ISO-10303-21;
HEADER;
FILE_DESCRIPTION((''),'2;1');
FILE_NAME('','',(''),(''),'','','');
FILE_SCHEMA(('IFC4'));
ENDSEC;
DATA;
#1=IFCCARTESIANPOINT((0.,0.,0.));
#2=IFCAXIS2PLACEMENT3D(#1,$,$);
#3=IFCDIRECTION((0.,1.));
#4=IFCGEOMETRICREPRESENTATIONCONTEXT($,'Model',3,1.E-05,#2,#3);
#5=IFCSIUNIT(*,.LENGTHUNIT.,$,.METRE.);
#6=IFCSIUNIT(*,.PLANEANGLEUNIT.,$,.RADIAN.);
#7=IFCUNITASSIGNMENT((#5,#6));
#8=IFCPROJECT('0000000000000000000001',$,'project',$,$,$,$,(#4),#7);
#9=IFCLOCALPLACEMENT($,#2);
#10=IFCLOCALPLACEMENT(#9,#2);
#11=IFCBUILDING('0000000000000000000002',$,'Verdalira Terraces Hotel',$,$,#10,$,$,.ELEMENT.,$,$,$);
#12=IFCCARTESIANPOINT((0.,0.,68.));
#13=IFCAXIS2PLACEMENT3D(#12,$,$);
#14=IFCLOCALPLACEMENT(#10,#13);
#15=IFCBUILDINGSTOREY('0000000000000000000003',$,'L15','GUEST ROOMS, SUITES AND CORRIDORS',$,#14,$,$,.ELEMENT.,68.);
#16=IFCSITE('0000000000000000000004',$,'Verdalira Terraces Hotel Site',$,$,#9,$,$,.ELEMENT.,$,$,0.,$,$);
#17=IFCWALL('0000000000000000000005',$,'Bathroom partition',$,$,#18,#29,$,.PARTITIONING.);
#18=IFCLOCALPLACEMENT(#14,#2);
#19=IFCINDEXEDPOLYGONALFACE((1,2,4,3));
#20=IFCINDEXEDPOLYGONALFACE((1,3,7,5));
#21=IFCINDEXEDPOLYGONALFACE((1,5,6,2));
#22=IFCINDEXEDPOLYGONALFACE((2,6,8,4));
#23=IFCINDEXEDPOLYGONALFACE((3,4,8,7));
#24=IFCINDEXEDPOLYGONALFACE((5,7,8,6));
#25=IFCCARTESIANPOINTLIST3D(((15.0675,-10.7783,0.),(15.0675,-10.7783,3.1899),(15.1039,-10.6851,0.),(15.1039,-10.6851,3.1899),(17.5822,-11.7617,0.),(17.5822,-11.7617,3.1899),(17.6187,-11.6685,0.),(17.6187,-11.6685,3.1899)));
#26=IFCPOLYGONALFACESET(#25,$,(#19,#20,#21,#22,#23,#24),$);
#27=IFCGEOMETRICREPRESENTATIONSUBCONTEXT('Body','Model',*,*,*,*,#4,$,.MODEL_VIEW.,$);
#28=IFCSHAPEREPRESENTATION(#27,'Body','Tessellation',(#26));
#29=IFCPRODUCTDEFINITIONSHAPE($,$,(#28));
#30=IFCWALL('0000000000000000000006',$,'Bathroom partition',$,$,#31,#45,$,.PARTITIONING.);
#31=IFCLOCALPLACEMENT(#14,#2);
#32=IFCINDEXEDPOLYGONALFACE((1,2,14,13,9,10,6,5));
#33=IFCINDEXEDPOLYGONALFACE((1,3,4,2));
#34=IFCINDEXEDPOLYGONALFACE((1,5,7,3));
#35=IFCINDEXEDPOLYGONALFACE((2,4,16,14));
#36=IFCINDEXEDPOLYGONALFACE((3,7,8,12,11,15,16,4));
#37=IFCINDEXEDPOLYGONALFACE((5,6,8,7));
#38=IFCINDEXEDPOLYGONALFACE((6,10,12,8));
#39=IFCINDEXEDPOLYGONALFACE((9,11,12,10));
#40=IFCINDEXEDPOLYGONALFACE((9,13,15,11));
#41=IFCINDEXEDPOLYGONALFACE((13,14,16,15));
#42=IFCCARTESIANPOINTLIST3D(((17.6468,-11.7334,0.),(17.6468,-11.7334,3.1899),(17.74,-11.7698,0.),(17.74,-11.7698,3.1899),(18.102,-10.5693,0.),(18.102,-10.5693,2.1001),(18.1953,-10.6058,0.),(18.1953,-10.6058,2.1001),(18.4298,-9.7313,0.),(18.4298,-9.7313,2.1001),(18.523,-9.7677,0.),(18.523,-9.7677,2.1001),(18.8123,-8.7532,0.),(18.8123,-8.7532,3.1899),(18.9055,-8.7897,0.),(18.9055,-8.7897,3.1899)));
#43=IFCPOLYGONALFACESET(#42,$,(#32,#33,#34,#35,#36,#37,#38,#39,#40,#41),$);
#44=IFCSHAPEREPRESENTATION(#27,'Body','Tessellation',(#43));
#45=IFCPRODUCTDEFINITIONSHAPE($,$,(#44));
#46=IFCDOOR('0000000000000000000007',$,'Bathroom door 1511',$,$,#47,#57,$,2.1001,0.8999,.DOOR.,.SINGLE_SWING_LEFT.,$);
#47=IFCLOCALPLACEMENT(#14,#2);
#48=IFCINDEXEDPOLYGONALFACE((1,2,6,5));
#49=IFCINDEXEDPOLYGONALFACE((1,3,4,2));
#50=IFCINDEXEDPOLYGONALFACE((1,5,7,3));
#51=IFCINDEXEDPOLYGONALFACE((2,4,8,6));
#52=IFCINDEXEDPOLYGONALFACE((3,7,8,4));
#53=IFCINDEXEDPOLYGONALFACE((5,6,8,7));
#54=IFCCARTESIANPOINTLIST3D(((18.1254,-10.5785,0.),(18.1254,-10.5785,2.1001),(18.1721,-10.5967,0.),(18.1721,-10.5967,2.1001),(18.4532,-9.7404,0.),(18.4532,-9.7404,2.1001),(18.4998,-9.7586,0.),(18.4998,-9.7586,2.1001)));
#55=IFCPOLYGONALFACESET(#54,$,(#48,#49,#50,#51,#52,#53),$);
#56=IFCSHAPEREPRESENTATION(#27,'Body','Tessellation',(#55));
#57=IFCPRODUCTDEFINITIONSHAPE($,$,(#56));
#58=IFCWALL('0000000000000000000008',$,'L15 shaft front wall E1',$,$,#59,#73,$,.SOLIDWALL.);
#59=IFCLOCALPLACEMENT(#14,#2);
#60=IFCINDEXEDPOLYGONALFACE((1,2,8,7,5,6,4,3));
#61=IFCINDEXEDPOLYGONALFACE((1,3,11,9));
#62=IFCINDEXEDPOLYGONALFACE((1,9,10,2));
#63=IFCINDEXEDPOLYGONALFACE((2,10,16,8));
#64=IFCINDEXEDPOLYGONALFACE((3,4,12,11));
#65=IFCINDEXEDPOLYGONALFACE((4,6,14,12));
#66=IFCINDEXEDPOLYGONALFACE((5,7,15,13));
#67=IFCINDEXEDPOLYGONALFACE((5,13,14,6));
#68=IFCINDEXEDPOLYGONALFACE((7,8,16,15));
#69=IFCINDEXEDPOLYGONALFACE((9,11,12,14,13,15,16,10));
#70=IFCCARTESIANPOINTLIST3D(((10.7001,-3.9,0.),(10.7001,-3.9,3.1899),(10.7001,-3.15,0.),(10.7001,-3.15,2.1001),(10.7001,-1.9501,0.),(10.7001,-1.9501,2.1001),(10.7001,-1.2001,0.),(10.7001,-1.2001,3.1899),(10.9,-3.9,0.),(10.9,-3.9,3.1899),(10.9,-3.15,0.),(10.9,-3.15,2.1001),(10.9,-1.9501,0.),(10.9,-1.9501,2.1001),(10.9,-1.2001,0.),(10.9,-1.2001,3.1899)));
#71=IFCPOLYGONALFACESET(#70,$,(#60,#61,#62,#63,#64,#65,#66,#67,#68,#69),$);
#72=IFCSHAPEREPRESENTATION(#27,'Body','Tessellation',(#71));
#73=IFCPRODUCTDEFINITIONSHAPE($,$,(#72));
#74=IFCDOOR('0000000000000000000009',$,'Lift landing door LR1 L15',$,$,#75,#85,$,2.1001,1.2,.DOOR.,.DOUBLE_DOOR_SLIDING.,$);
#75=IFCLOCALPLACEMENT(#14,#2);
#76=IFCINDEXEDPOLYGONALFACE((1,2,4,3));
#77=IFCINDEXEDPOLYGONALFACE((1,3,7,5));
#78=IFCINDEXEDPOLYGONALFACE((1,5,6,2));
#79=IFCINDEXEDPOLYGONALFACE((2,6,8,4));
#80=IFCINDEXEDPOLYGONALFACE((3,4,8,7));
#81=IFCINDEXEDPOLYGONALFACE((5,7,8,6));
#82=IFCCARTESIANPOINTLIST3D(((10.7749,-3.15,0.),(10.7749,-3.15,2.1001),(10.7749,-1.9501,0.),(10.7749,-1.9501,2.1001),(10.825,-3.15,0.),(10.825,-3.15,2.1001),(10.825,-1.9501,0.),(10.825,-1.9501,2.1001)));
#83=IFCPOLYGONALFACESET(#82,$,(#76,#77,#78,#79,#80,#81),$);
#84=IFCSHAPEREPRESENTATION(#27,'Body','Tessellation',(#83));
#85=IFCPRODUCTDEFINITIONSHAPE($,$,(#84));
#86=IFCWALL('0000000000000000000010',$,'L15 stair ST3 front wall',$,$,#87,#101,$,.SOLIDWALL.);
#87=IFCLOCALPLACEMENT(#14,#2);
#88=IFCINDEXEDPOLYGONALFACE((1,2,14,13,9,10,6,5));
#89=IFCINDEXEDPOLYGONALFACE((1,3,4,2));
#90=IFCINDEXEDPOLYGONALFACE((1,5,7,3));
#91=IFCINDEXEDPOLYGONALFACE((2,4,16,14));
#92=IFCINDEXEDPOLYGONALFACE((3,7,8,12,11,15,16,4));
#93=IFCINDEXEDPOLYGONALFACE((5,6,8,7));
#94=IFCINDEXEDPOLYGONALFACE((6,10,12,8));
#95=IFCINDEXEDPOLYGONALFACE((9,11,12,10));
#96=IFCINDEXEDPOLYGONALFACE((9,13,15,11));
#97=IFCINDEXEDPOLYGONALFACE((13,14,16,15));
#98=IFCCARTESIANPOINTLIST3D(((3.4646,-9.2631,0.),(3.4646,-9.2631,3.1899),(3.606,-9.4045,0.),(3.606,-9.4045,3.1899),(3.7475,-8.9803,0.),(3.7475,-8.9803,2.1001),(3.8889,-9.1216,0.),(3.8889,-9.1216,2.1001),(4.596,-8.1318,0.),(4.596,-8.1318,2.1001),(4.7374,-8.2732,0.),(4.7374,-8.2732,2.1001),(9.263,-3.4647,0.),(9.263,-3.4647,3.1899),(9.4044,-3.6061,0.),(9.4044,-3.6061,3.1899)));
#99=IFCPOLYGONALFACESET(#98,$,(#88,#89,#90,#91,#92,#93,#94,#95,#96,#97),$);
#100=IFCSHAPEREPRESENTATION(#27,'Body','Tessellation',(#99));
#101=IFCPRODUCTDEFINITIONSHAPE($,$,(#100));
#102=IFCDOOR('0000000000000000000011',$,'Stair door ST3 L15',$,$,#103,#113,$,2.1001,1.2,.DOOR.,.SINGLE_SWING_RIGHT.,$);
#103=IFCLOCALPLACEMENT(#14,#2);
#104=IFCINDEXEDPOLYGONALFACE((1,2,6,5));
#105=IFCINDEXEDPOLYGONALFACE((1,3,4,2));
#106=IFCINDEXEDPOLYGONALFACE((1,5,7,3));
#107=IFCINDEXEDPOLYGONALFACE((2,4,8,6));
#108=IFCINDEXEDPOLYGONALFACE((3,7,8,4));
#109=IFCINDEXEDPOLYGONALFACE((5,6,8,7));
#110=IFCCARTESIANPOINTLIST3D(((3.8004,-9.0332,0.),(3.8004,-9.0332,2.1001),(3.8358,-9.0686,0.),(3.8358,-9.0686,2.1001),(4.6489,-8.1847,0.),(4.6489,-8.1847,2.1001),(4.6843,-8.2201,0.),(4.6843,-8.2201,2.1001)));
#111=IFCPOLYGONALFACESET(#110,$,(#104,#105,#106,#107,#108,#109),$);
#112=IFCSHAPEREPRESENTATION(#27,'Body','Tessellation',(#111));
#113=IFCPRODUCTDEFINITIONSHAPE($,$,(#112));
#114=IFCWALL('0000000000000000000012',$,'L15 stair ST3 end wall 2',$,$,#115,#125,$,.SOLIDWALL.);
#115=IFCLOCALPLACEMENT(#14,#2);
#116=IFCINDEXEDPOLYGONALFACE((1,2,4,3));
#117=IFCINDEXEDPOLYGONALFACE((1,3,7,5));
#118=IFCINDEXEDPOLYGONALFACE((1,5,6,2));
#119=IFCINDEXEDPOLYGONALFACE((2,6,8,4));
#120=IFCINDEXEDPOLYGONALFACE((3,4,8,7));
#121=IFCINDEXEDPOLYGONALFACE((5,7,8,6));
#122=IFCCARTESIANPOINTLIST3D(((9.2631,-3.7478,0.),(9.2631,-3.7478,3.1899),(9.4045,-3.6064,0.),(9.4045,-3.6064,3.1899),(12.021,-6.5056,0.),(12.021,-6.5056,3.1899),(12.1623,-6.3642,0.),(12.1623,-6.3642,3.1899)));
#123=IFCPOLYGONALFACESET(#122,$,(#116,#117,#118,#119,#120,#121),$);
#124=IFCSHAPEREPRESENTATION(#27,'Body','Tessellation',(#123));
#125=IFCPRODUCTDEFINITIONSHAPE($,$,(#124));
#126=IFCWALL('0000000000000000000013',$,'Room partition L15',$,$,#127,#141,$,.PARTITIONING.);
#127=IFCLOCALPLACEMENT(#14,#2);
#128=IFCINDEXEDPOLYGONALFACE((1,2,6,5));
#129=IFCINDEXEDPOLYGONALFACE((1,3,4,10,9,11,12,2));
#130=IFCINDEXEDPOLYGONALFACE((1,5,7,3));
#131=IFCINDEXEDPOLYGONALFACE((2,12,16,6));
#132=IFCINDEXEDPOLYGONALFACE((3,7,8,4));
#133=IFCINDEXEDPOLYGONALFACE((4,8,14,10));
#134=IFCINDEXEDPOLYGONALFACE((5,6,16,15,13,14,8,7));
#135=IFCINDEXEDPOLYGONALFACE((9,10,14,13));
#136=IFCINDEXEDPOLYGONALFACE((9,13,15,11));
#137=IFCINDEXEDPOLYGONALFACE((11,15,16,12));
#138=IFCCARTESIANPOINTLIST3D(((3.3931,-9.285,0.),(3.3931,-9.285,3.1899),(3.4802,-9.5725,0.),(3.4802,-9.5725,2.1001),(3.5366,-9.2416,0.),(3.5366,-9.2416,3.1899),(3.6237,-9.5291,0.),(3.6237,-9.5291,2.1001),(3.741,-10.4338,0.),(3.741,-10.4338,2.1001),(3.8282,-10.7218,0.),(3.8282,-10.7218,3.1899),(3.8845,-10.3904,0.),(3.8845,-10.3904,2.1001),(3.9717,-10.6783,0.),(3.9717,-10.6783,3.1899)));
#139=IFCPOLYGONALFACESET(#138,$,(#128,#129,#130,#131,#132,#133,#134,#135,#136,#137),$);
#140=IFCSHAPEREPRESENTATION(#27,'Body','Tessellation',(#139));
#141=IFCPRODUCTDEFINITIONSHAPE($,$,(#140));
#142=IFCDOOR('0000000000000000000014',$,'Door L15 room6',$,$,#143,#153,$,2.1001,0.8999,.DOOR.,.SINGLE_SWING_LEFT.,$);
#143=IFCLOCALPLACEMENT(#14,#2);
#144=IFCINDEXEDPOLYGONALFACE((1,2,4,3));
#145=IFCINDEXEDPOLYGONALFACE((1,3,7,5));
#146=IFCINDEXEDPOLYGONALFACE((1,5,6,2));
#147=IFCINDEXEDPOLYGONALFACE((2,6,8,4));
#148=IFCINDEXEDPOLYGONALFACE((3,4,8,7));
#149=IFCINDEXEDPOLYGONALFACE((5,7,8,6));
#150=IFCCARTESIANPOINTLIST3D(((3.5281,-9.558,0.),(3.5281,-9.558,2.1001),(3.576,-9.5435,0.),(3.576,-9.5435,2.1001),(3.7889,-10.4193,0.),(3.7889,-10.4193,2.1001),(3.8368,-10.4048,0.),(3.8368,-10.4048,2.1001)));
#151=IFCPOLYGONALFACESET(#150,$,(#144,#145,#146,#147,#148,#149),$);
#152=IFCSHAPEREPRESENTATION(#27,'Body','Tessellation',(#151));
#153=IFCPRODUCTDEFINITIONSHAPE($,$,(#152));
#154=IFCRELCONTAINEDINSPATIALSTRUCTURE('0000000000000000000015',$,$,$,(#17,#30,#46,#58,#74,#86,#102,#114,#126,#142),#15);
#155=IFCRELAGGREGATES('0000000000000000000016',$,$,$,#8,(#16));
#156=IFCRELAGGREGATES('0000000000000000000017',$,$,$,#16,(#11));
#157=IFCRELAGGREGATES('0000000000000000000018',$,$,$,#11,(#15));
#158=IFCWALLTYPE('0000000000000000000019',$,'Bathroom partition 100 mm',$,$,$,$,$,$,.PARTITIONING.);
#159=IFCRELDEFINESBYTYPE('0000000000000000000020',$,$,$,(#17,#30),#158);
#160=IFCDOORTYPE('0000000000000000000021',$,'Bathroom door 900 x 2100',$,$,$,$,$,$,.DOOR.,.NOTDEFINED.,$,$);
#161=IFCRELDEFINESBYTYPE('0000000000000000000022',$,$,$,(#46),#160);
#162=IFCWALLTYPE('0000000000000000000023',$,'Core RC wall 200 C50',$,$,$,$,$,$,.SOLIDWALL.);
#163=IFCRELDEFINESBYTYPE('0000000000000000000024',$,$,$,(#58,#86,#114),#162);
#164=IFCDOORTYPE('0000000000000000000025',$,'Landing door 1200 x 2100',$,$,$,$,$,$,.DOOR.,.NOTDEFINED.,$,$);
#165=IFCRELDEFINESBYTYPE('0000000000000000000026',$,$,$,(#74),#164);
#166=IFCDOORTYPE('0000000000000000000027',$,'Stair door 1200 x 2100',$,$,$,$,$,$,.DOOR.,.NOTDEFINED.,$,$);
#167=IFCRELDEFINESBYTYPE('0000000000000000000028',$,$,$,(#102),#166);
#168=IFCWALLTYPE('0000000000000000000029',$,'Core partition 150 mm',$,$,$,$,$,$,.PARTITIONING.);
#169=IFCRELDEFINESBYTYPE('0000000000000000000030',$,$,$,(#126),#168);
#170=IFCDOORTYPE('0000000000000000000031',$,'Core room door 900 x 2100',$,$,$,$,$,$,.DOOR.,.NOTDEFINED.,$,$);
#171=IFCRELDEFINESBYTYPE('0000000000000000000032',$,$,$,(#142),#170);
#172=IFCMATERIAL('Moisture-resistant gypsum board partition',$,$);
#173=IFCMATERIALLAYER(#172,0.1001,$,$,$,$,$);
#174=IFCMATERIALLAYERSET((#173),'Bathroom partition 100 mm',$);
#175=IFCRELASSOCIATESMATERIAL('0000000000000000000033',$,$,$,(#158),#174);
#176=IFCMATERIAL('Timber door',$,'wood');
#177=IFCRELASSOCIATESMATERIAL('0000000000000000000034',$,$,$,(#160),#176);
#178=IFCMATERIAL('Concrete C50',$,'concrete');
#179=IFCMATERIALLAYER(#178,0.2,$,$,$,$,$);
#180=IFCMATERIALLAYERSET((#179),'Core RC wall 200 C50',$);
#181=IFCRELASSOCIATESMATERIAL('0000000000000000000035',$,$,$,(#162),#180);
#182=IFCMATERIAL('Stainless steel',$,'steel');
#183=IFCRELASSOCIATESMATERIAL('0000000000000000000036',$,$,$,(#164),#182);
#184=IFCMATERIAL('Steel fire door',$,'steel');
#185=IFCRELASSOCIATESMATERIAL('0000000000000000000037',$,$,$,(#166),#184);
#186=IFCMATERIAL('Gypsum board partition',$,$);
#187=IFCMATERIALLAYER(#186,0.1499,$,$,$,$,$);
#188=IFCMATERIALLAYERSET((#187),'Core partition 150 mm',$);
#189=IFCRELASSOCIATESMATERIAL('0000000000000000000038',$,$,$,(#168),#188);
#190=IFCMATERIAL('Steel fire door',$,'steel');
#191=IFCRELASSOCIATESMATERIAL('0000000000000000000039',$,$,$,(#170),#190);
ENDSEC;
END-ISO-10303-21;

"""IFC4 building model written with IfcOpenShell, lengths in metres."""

from ifc_helpers import new_model, si_unit, direction, frame, frame_2d, origin, place, context, subcontext, project, spatial, rectangle, extrude, material, layer, layer_set, type_object, element, fill, save


model = new_model("IFC4")

# Units and contexts
model_context = context("Model", 3, precision=1e-05, world=origin(), true_north=direction((0.0, 1.0)))
body_context = subcontext(model_context, "Body", "Model", "MODEL_VIEW")
ifc_project = project(units=[si_unit("LENGTHUNIT", "METRE"), si_unit("PLANEANGLEUNIT", "RADIAN")], contexts=[model_context])

# Site, building, storey
site_placement = place(None, origin())
site = spatial("IfcSite", under=ifc_project, at=site_placement, Name="Verdalira Terraces Hotel Site", CompositionType="ELEMENT", RefElevation=0.0)
building_placement = place(site_placement, origin())
building = spatial("IfcBuilding", under=site, at=building_placement, Name="Verdalira Terraces Hotel", CompositionType="ELEMENT")
storey_placement = place(building_placement, frame((0.0, 0.0, 68.0)))
storey = spatial("IfcBuildingStorey", under=building, at=storey_placement, Name="L15", Description="GUEST ROOMS, SUITES AND CORRIDORS", CompositionType="ELEMENT", Elevation=68.0)

# Wall
ifc_material_1 = material(Name="Moisture-resistant gypsum board partition")
ifc_layer_1 = layer(ifc_material_1, 0.1001)
ifc_layer_set_1 = layer_set([ifc_layer_1], Name="Bathroom partition 100 mm")
wall_type_1 = type_object("IfcWallType", Name="Bathroom partition 100 mm", PredefinedType="PARTITIONING", material=ifc_layer_set_1)
wall_1_placement = place(storey_placement, frame((15.0857, -10.7317, 0.0), z_axis=(0.0, 0.0, 1.0), x_axis=(0.931317, -0.364208, 0.0)))
element("IfcWall", 1, at=wall_1_placement, inside=storey, type_object=wall_type_1, Name="Bathroom partition", PredefinedType="PARTITIONING", context=body_context, shape_type="SweptSolid", body=[
    extrude(rectangle(XDim=2.7002, YDim=0.1001, at=frame_2d((1.3501, 0.0))), origin(), (0.0, 0.0, 1.0), 3.1899),
])

# Walls, openings, doors
wall_2_placement = place(storey_placement, frame((17.6934, -11.7517, 0.0), z_axis=(0.0, 0.0, 1.0), x_axis=(0.364224, 0.931311, 0.0)))
wall_2 = element("IfcWall", 2, at=wall_2_placement, inside=storey, type_object=wall_type_1, Name="Bathroom partition", PredefinedType="PARTITIONING", context=body_context, shape_type="SweptSolid", body=[
    extrude(rectangle(XDim=3.2, YDim=0.1001, at=frame_2d((1.6001, 0.0))), origin(), (0.0, 0.0, 1.0), 3.1899),
])
opening_1_placement = place(wall_2_placement, frame((1.25, 0.0, 0.0)))
opening_1 = element("IfcOpeningElement", 3, at=opening_1_placement, cuts=wall_2, PredefinedType="OPENING", context=body_context, shape_type="SweptSolid", body=[
    extrude(rectangle(XDim=0.8999, YDim=2.1001, at=frame_2d((0.45, 1.05))), frame((0.0, 0.0601, 0.0), z_axis=(0.0, -1.0, 0.0), x_axis=(1.0, 0.0, 0.0)), (0.0, 0.0, 1.0), 0.1201),
])
ifc_material_2 = material(Name="Timber door", Category="wood")
door_type_1 = type_object("IfcDoorType", Name="Bathroom door 900 x 2100", OperationType="NOTDEFINED", PredefinedType="DOOR", material=ifc_material_2)
door_1_placement = place(opening_1_placement, origin())
door_1 = element("IfcDoor", 4, at=door_1_placement, inside=storey, type_object=door_type_1, Name="Bathroom door 1511", OperationType="SINGLE_SWING_LEFT", OverallHeight=2.1001, OverallWidth=0.8999, PredefinedType="DOOR", context=body_context, shape_type="SweptSolid", body=[
    extrude(rectangle(XDim=0.8999, YDim=2.1001, at=frame_2d((0.45, 1.05))), frame((0.0, 0.0249, 0.0), z_axis=(0.0, -1.0, 0.0), x_axis=(1.0, 0.0, 0.0)), (0.0, 0.0, 1.0), 0.05),
])
fill(opening_1, door_1)
ifc_material_3 = material(Name="Concrete C50", Category="concrete")
ifc_layer_2 = layer(ifc_material_3, 0.2)
ifc_layer_set_2 = layer_set([ifc_layer_2], Name="Core RC wall 200 C50")
wall_type_2 = type_object("IfcWallType", Name="Core RC wall 200 C50", PredefinedType="SOLIDWALL", material=ifc_layer_set_2)
wall_3_placement = place(storey_placement, frame((10.8, -1.2, 0.0), z_axis=(0.0, 0.0, 1.0), x_axis=(0.0, -1.0, 0.0)))
wall_3 = element("IfcWall", 5, at=wall_3_placement, inside=storey, type_object=wall_type_2, Name="L15 shaft front wall E1", PredefinedType="SOLIDWALL", context=body_context, shape_type="SweptSolid", body=[
    extrude(rectangle(XDim=2.7, YDim=0.2, at=frame_2d((1.3501, 0.0))), origin(), (0.0, 0.0, 1.0), 3.1899),
])
opening_2_placement = place(wall_3_placement, frame((0.75, 0.0, 0.0)))
opening_2 = element("IfcOpeningElement", 6, at=opening_2_placement, cuts=wall_3, PredefinedType="OPENING", context=body_context, shape_type="SweptSolid", body=[
    extrude(rectangle(XDim=1.2, YDim=2.1001, at=frame_2d((0.6001, 1.05))), frame((0.0, 0.1099, 0.0), z_axis=(0.0, -1.0, 0.0), x_axis=(1.0, 0.0, 0.0)), (0.0, 0.0, 1.0), 0.22),
])
ifc_material_4 = material(Name="Stainless steel", Category="steel")
door_type_2 = type_object("IfcDoorType", Name="Landing door 1200 x 2100", OperationType="NOTDEFINED", PredefinedType="DOOR", material=ifc_material_4)
door_2_placement = place(opening_2_placement, origin())
door_2 = element("IfcDoor", 7, at=door_2_placement, inside=storey, type_object=door_type_2, Name="Lift landing door LR1 L15", OperationType="DOUBLE_DOOR_SLIDING", OverallHeight=2.1001, OverallWidth=1.2, PredefinedType="DOOR", context=body_context, shape_type="SweptSolid", body=[
    extrude(rectangle(XDim=1.2, YDim=2.1001, at=frame_2d((0.6001, 1.05))), frame((0.0, 0.0249, 0.0), z_axis=(0.0, -1.0, 0.0), x_axis=(1.0, 0.0, 0.0)), (0.0, 0.0, 1.0), 0.05),
])
fill(opening_2, door_2)
wall_4_placement = place(storey_placement, frame((9.3337, -3.5354, 0.0), z_axis=(0.0, 0.0, 1.0), x_axis=(-0.707107, -0.707107, 0.0)))
wall_4 = element("IfcWall", 8, at=wall_4_placement, inside=storey, type_object=wall_type_2, Name="L15 stair ST3 front wall", PredefinedType="SOLIDWALL", context=body_context, shape_type="SweptSolid", body=[
    extrude(rectangle(XDim=8.2002, YDim=0.2, at=frame_2d((4.1001, 0.0))), origin(), (0.0, 0.0, 1.0), 3.1899),
])
opening_3_placement = place(wall_4_placement, frame((6.6001, 0.0, 0.0)))
opening_3 = element("IfcOpeningElement", 9, at=opening_3_placement, cuts=wall_4, PredefinedType="OPENING", context=body_context, shape_type="SweptSolid", body=[
    extrude(rectangle(XDim=1.2, YDim=2.1001, at=frame_2d((0.6001, 1.05))), frame((0.0, 0.1099, 0.0), z_axis=(0.0, -1.0, 0.0), x_axis=(1.0, 0.0, 0.0)), (0.0, 0.0, 1.0), 0.22),
])
ifc_material_5 = material(Name="Steel fire door", Category="steel")
door_type_3 = type_object("IfcDoorType", Name="Stair door 1200 x 2100", OperationType="NOTDEFINED", PredefinedType="DOOR", material=ifc_material_5)
door_3_placement = place(opening_3_placement, origin())
door_3 = element("IfcDoor", 10, at=door_3_placement, inside=storey, type_object=door_type_3, Name="Stair door ST3 L15", OperationType="SINGLE_SWING_RIGHT", OverallHeight=2.1001, OverallWidth=1.2, PredefinedType="DOOR", context=body_context, shape_type="SweptSolid", body=[
    extrude(rectangle(XDim=1.2, YDim=2.1001, at=frame_2d((0.6001, 1.05))), frame((0.0, 0.0249, 0.0), z_axis=(0.0, -1.0, 0.0), x_axis=(1.0, 0.0, 0.0)), (0.0, 0.0, 1.0), 0.05),
])
fill(opening_3, door_3)

# Wall
wall_5_placement = place(storey_placement, frame((9.3337, -3.677, 0.0), z_axis=(0.0, 0.0, 1.0), x_axis=(0.707107, -0.707107, 0.0)))
element("IfcWall", 11, at=wall_5_placement, inside=storey, type_object=wall_type_2, Name="L15 stair ST3 end wall 2", PredefinedType="SOLIDWALL", context=body_context, shape_type="SweptSolid", body=[
    extrude(rectangle(XDim=3.9001, YDim=0.2, at=frame_2d((1.9502, 0.0))), origin(), (0.0, 0.0, 1.0), 3.1899),
])

# Wall, opening, door
ifc_material_6 = material(Name="Gypsum board partition")
ifc_layer_3 = layer(ifc_material_6, 0.1499)
ifc_layer_set_3 = layer_set([ifc_layer_3], Name="Core partition 150 mm")
wall_type_3 = type_object("IfcWallType", Name="Core partition 150 mm", PredefinedType="PARTITIONING", material=ifc_layer_set_3)
wall_6_placement = place(storey_placement, frame((3.8999, -10.7, 0.0), z_axis=(0.0, 0.0, 1.0), x_axis=(-0.289809, 0.957085, 0.0)))
wall_6 = element("IfcWall", 12, at=wall_6_placement, inside=storey, type_object=wall_type_3, Name="Room partition L15", PredefinedType="PARTITIONING", context=body_context, shape_type="SweptSolid", body=[
    extrude(rectangle(XDim=1.5012, YDim=0.1499, at=frame_2d((0.7505, 0.0))), origin(), (0.0, 0.0, 1.0), 3.1899),
])
opening_4_placement = place(wall_6_placement, frame((0.3008, 0.0, 0.0)))
opening_4 = element("IfcOpeningElement", 13, at=opening_4_placement, cuts=wall_6, PredefinedType="OPENING", context=body_context, shape_type="SweptSolid", body=[
    extrude(rectangle(XDim=0.8999, YDim=2.1001, at=frame_2d((0.45, 1.05))), frame((0.0, 0.085, 0.0), z_axis=(0.0, -1.0, 0.0), x_axis=(1.0, 0.0, 0.0)), (0.0, 0.0, 1.0), 0.1699),
])
ifc_material_7 = material(Name="Steel fire door", Category="steel")
door_type_4 = type_object("IfcDoorType", Name="Core room door 900 x 2100", OperationType="NOTDEFINED", PredefinedType="DOOR", material=ifc_material_7)
door_4_placement = place(opening_4_placement, origin())
door_4 = element("IfcDoor", 14, at=door_4_placement, inside=storey, type_object=door_type_4, Name="Door L15 room6", OperationType="SINGLE_SWING_LEFT", OverallHeight=2.1001, OverallWidth=0.8999, PredefinedType="DOOR", context=body_context, shape_type="SweptSolid", body=[
    extrude(rectangle(XDim=0.8999, YDim=2.1001, at=frame_2d((0.45, 1.05))), frame((0.0, 0.0249, 0.0), z_axis=(0.0, -1.0, 0.0), x_axis=(1.0, 0.0, 0.0)), (0.0, 0.0, 1.0), 0.05),
])
fill(opening_4, door_4)

save(model, "model.ifc")
